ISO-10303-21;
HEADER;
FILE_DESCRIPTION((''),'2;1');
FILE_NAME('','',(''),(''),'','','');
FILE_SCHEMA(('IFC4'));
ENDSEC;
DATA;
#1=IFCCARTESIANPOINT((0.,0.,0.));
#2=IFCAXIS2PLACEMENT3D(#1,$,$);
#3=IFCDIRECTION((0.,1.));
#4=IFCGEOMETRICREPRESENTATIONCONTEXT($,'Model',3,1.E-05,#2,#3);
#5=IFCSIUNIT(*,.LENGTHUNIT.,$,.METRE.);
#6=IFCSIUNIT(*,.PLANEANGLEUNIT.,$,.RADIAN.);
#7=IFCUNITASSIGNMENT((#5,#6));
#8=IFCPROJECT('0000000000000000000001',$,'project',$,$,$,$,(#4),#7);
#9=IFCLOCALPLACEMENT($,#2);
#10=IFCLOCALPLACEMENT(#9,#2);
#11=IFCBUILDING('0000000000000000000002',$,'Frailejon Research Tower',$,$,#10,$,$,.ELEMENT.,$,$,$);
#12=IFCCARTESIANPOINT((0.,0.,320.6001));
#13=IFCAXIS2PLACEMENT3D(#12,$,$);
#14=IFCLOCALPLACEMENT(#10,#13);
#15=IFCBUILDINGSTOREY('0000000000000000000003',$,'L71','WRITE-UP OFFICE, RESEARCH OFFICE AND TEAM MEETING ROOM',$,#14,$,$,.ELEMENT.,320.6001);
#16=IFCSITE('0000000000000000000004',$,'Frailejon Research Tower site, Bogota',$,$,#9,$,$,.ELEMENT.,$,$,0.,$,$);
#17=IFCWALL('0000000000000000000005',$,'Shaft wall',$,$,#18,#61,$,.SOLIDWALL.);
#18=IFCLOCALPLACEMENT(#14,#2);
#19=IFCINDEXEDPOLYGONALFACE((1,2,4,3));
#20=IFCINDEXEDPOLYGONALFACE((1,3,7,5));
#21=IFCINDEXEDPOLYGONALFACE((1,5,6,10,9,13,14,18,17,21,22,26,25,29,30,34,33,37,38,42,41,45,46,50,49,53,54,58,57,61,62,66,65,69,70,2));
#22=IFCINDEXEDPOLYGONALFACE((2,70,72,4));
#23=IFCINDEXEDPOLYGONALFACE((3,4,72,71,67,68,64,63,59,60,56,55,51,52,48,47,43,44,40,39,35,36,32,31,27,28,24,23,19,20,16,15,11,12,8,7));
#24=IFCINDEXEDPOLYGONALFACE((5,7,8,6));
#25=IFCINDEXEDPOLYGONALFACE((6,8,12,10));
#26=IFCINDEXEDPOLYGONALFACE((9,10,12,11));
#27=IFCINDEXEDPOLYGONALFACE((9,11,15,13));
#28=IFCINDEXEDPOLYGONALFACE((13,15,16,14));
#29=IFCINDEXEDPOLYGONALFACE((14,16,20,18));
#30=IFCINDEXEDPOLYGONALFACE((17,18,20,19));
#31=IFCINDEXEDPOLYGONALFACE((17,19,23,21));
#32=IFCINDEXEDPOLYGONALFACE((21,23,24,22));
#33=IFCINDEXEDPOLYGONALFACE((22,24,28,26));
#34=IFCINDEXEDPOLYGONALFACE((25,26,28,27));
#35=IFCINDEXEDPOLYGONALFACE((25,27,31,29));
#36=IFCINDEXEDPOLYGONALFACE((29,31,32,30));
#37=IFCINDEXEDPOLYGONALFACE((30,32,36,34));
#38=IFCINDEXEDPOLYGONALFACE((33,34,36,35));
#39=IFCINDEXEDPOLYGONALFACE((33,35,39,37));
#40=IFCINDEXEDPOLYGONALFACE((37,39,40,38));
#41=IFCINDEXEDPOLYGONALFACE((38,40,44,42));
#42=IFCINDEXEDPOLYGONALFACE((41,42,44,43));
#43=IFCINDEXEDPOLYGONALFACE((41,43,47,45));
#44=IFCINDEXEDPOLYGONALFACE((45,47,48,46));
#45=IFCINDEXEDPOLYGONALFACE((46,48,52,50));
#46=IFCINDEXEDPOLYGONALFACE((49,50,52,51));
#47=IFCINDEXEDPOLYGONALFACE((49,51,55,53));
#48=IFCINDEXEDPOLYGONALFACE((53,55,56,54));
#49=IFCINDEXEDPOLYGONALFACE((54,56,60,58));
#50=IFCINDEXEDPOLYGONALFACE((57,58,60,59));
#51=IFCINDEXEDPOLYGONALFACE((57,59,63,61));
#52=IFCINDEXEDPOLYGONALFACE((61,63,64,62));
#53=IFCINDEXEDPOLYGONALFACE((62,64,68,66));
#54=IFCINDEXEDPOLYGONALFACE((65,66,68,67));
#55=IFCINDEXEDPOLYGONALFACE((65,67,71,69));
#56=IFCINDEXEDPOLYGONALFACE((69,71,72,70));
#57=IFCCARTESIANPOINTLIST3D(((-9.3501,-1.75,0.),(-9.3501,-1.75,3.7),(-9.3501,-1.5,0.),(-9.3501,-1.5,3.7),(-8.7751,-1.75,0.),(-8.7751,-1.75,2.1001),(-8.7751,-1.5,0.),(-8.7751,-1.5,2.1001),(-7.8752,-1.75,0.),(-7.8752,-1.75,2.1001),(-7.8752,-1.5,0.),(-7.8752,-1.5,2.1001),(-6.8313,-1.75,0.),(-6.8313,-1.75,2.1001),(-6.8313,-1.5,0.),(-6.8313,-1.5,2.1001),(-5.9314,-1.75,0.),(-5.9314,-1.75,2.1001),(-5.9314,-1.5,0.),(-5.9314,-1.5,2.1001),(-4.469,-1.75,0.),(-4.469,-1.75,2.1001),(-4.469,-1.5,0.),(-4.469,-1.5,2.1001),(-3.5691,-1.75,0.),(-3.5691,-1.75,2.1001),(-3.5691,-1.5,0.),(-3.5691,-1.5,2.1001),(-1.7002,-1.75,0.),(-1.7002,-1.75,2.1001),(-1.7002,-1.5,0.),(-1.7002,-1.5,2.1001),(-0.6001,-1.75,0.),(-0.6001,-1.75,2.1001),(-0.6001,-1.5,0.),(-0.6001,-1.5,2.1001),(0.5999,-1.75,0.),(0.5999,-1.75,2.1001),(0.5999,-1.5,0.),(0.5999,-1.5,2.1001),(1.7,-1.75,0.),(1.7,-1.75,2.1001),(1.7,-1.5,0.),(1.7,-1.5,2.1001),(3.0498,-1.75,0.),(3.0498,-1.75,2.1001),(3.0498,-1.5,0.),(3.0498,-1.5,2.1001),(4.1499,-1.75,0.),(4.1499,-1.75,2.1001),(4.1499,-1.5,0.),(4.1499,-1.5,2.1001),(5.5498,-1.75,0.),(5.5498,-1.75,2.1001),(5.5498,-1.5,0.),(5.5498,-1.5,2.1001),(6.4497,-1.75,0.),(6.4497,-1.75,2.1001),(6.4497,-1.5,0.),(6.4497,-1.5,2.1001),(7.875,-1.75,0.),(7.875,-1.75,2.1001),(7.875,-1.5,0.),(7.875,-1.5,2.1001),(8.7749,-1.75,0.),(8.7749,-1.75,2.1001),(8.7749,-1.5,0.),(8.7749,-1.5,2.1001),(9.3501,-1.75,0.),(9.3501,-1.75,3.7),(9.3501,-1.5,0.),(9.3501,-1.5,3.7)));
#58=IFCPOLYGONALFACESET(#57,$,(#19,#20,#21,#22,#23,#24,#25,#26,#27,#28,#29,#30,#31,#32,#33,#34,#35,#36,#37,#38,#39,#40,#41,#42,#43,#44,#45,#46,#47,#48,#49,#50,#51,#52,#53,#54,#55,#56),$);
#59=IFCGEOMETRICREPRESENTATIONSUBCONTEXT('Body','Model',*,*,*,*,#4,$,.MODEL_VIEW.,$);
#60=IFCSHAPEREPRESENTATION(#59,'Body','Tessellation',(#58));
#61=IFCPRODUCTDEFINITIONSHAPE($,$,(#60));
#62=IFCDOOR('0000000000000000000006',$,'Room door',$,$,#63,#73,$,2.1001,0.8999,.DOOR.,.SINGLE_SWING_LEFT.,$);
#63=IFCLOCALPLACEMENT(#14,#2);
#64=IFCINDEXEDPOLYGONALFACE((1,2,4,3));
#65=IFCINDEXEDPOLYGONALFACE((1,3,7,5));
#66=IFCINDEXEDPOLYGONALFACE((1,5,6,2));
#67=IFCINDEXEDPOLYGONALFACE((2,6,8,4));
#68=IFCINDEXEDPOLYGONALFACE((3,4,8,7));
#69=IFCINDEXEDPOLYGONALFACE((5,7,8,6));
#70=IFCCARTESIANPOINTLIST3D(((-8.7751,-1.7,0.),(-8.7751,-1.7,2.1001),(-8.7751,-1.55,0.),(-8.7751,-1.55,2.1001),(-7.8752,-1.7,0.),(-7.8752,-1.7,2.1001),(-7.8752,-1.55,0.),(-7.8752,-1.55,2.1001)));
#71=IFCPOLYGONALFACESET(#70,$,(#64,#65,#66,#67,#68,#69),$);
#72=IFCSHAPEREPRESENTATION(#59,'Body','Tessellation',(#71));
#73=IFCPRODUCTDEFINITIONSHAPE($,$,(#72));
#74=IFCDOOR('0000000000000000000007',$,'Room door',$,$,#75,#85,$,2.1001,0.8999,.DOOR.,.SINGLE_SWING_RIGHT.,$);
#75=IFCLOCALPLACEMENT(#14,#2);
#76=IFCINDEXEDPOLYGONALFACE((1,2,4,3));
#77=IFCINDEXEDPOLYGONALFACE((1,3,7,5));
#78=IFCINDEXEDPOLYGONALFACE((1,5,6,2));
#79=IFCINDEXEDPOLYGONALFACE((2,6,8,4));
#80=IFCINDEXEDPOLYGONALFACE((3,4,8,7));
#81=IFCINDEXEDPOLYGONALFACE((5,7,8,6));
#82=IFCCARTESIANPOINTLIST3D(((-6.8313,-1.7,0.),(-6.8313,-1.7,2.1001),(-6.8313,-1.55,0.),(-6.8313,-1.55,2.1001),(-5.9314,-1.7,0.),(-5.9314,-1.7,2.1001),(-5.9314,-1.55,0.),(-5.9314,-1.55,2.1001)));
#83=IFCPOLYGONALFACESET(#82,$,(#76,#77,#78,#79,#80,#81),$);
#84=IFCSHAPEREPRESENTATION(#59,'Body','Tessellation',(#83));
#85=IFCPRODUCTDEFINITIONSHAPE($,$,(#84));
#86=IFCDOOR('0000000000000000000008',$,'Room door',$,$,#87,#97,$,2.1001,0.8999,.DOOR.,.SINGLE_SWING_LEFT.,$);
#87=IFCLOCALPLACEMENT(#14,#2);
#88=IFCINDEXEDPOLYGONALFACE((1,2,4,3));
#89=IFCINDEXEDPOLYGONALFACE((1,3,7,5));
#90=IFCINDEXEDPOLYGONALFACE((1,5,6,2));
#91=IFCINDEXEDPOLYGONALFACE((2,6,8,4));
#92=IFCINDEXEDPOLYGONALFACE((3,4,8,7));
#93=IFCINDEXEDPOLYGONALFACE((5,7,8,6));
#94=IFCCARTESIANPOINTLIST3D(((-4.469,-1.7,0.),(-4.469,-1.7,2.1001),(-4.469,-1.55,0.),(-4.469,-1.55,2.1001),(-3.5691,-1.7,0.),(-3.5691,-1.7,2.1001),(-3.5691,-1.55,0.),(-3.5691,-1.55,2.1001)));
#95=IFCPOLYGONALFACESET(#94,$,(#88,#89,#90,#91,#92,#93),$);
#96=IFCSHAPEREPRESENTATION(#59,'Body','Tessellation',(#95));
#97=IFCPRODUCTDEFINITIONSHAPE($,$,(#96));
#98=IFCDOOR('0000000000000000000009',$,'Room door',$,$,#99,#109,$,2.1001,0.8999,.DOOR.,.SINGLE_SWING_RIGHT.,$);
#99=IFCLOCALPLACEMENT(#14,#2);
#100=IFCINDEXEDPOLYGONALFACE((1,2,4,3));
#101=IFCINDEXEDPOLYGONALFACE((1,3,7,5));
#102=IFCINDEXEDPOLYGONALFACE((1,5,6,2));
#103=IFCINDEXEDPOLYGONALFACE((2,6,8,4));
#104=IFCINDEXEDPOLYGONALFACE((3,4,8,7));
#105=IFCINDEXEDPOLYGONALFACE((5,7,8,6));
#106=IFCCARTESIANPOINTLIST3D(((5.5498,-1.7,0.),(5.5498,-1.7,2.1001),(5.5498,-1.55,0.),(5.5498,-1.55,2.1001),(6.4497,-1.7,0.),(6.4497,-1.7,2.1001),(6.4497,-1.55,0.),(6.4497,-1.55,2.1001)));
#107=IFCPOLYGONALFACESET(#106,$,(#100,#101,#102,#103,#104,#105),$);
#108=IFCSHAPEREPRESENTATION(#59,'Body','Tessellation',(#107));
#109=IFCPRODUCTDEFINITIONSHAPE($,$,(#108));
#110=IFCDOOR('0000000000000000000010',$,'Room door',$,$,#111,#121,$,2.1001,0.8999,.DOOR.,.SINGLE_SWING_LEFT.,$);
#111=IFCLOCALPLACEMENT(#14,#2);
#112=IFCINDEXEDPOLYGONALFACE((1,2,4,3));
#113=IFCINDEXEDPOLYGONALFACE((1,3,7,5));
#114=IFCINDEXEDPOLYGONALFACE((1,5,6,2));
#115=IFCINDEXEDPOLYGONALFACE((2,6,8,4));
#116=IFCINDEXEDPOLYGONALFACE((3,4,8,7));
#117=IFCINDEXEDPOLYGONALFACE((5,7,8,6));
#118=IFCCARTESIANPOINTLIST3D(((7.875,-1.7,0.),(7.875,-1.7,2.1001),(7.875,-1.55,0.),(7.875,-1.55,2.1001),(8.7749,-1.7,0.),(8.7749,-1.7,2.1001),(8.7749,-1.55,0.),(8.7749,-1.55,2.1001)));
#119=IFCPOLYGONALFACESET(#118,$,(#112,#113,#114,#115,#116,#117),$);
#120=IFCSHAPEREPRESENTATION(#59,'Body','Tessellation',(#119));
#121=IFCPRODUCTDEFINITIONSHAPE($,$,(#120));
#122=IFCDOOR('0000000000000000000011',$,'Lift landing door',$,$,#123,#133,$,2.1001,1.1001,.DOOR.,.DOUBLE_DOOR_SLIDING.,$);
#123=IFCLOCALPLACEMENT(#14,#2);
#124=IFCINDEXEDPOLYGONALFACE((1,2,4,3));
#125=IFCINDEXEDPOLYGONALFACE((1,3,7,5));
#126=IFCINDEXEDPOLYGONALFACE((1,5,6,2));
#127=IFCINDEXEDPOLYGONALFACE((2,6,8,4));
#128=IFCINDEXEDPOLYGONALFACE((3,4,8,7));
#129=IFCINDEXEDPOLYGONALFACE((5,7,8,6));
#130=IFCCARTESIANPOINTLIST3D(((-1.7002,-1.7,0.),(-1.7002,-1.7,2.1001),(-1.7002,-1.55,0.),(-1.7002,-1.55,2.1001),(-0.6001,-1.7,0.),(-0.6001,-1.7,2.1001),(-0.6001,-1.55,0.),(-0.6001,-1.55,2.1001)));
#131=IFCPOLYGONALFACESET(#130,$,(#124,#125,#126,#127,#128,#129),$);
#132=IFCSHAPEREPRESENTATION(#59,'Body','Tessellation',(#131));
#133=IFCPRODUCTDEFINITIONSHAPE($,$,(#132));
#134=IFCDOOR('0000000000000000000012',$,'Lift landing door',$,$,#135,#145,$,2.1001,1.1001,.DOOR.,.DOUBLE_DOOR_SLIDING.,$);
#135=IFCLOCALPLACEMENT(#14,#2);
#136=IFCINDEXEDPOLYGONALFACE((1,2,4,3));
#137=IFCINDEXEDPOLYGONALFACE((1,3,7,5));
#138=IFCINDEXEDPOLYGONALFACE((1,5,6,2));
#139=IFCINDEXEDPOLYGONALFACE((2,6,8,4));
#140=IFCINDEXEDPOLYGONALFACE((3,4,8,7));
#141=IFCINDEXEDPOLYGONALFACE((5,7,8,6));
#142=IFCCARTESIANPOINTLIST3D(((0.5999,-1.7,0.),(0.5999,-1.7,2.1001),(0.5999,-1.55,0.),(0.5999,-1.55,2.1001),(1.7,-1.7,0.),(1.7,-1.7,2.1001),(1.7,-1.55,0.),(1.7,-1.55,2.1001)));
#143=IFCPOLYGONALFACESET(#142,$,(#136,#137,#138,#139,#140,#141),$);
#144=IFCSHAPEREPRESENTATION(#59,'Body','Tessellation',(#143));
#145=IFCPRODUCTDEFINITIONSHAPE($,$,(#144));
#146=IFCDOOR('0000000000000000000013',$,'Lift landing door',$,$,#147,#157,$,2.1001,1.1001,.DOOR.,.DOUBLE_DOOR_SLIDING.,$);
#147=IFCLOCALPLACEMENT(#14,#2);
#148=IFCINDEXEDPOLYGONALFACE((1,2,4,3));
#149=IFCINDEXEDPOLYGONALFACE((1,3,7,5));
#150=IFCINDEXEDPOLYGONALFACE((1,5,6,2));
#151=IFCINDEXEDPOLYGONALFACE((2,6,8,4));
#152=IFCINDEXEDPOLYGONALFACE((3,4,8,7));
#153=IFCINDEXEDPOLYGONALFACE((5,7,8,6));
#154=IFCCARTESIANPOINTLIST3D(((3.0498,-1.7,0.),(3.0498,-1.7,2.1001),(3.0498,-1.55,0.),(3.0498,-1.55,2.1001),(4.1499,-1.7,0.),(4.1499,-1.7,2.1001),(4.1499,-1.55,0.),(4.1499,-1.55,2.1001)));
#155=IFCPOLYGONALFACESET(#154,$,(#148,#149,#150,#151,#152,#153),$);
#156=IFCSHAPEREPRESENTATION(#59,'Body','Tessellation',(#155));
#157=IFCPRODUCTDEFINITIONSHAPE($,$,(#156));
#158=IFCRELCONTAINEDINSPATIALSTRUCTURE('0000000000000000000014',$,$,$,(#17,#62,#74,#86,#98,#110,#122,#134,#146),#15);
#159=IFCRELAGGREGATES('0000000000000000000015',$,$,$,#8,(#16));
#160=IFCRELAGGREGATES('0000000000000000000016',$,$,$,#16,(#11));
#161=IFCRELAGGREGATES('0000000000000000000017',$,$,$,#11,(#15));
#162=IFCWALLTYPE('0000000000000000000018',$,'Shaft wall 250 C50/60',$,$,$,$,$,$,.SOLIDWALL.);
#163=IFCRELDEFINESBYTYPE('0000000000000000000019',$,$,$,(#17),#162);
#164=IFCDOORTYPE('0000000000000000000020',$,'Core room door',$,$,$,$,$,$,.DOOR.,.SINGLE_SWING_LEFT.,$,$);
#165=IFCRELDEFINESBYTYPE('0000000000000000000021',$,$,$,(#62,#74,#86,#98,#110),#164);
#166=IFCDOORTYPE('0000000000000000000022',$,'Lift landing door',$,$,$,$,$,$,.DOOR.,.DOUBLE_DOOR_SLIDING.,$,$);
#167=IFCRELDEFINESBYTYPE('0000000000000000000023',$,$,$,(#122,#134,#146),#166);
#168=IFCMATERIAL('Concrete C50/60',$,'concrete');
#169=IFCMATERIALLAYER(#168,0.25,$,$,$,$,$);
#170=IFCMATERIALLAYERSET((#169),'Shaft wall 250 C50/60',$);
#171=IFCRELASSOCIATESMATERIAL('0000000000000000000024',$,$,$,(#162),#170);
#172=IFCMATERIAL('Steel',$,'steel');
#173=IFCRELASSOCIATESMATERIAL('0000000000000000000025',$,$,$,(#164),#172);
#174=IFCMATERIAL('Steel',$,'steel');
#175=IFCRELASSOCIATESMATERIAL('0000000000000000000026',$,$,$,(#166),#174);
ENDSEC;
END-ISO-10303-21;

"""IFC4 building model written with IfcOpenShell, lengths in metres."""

from ifc_helpers import new_model, si_unit, direction, frame, frame_2d, origin, place, context, subcontext, project, spatial, rectangle, extrude, material, layer, layer_set, type_object, element, fill, save


model = new_model("IFC4")

# Units and contexts
model_context = context("Model", 3, precision=1e-05, world=origin(), true_north=direction((0.0, 1.0)))
body_context = subcontext(model_context, "Body", "Model", "MODEL_VIEW")
ifc_project = project(units=[si_unit("LENGTHUNIT", "METRE"), si_unit("PLANEANGLEUNIT", "RADIAN")], contexts=[model_context])

# Site, building, storey
site_placement = place(None, origin())
site = spatial("IfcSite", under=ifc_project, at=site_placement, Name="Frailejon Research Tower site, Bogota", CompositionType="ELEMENT", RefElevation=0.0)
building_placement = place(site_placement, origin())
building = spatial("IfcBuilding", under=site, at=building_placement, Name="Frailejon Research Tower", CompositionType="ELEMENT")
storey_placement = place(building_placement, frame((0.0, 0.0, 320.6001)))
storey = spatial("IfcBuildingStorey", under=building, at=storey_placement, Name="L71", Description="WRITE-UP OFFICE, RESEARCH OFFICE AND TEAM MEETING ROOM", CompositionType="ELEMENT", Elevation=320.6001)

# Wall, openings, doors
ifc_material_1 = material(Name="Concrete C50/60", Category="concrete")
ifc_layer_1 = layer(ifc_material_1, 0.25)
ifc_layer_set_1 = layer_set([ifc_layer_1], Name="Shaft wall 250 C50/60")
wall_type_1 = type_object("IfcWallType", Name="Shaft wall 250 C50/60", PredefinedType="SOLIDWALL", material=ifc_layer_set_1)
wall_1_placement = place(storey_placement, frame((-9.3501, -1.625, 0.0), z_axis=(0.0, 0.0, 1.0), x_axis=(1.0, 0.0, 0.0)))
wall_1 = element("IfcWall", 1, at=wall_1_placement, inside=storey, type_object=wall_type_1, Name="Shaft wall", PredefinedType="SOLIDWALL", context=body_context, shape_type="SweptSolid", body=[
    extrude(rectangle(XDim=18.7002, YDim=0.25, at=frame_2d((9.3501, 0.0))), origin(), (0.0, 0.0, 1.0), 3.7),
])
opening_1_placement = place(wall_1_placement, frame((7.6499, 0.0, 0.0)))
opening_1 = element("IfcOpeningElement", 2, at=opening_1_placement, cuts=wall_1, PredefinedType="OPENING", context=body_context, shape_type="SweptSolid", body=[
    extrude(rectangle(XDim=1.1001, YDim=2.1001, at=frame_2d((0.55, 1.05))), frame((0.0, 0.135, 0.0), z_axis=(0.0, -1.0, 0.0), x_axis=(1.0, 0.0, 0.0)), (0.0, 0.0, 1.0), 0.27),
])
opening_2_placement = place(wall_1_placement, frame((9.95, 0.0, 0.0)))
opening_2 = element("IfcOpeningElement", 3, at=opening_2_placement, cuts=wall_1, PredefinedType="OPENING", context=body_context, shape_type="SweptSolid", body=[
    extrude(rectangle(XDim=1.1001, YDim=2.1001, at=frame_2d((0.55, 1.05))), frame((0.0, 0.135, 0.0), z_axis=(0.0, -1.0, 0.0), x_axis=(1.0, 0.0, 0.0)), (0.0, 0.0, 1.0), 0.27),
])
opening_3_placement = place(wall_1_placement, frame((12.3999, 0.0, 0.0)))
opening_3 = element("IfcOpeningElement", 4, at=opening_3_placement, cuts=wall_1, PredefinedType="OPENING", context=body_context, shape_type="SweptSolid", body=[
    extrude(rectangle(XDim=1.1001, YDim=2.1001, at=frame_2d((0.55, 1.05))), frame((0.0, 0.135, 0.0), z_axis=(0.0, -1.0, 0.0), x_axis=(1.0, 0.0, 0.0)), (0.0, 0.0, 1.0), 0.27),
])
opening_4_placement = place(wall_1_placement, frame((0.575, 0.0, 0.0)))
opening_4 = element("IfcOpeningElement", 5, at=opening_4_placement, cuts=wall_1, PredefinedType="OPENING", context=body_context, shape_type="SweptSolid", body=[
    extrude(rectangle(XDim=0.8999, YDim=2.1001, at=frame_2d((0.45, 1.05))), frame((0.0, 0.135, 0.0), z_axis=(0.0, -1.0, 0.0), x_axis=(1.0, 0.0, 0.0)), (0.0, 0.0, 1.0), 0.27),
])
opening_5_placement = place(wall_1_placement, frame((2.5188, 0.0, 0.0)))
opening_5 = element("IfcOpeningElement", 6, at=opening_5_placement, cuts=wall_1, PredefinedType="OPENING", context=body_context, shape_type="SweptSolid", body=[
    extrude(rectangle(XDim=0.8999, YDim=2.1001, at=frame_2d((0.45, 1.05))), frame((0.0, 0.135, 0.0), z_axis=(0.0, -1.0, 0.0), x_axis=(1.0, 0.0, 0.0)), (0.0, 0.0, 1.0), 0.27),
])
opening_6_placement = place(wall_1_placement, frame((4.8811, 0.0, 0.0)))
opening_6 = element("IfcOpeningElement", 7, at=opening_6_placement, cuts=wall_1, PredefinedType="OPENING", context=body_context, shape_type="SweptSolid", body=[
    extrude(rectangle(XDim=0.8999, YDim=2.1001, at=frame_2d((0.45, 1.05))), frame((0.0, 0.135, 0.0), z_axis=(0.0, -1.0, 0.0), x_axis=(1.0, 0.0, 0.0)), (0.0, 0.0, 1.0), 0.27),
])
opening_7_placement = place(wall_1_placement, frame((14.8999, 0.0, 0.0)))
opening_7 = element("IfcOpeningElement", 8, at=opening_7_placement, cuts=wall_1, PredefinedType="OPENING", context=body_context, shape_type="SweptSolid", body=[
    extrude(rectangle(XDim=0.8999, YDim=2.1001, at=frame_2d((0.45, 1.05))), frame((0.0, 0.135, 0.0), z_axis=(0.0, -1.0, 0.0), x_axis=(1.0, 0.0, 0.0)), (0.0, 0.0, 1.0), 0.27),
])
opening_8_placement = place(wall_1_placement, frame((17.2251, 0.0, 0.0)))
opening_8 = element("IfcOpeningElement", 9, at=opening_8_placement, cuts=wall_1, PredefinedType="OPENING", context=body_context, shape_type="SweptSolid", body=[
    extrude(rectangle(XDim=0.8999, YDim=2.1001, at=frame_2d((0.45, 1.05))), frame((0.0, 0.135, 0.0), z_axis=(0.0, -1.0, 0.0), x_axis=(1.0, 0.0, 0.0)), (0.0, 0.0, 1.0), 0.27),
])
ifc_material_2 = material(Name="Steel", Category="steel")
door_type_1 = type_object("IfcDoorType", Name="Core room door", OperationType="SINGLE_SWING_LEFT", PredefinedType="DOOR", material=ifc_material_2)
door_1_placement = place(opening_4_placement, origin())
door_1 = element("IfcDoor", 10, at=door_1_placement, inside=storey, type_object=door_type_1, Name="Room door", OperationType="SINGLE_SWING_LEFT", OverallHeight=2.1001, OverallWidth=0.8999, PredefinedType="DOOR", context=body_context, shape_type="SweptSolid", body=[
    extrude(rectangle(XDim=0.8999, YDim=2.1001, at=frame_2d((0.45, 1.05))), frame((0.0, 0.075, 0.0), z_axis=(0.0, -1.0, 0.0), x_axis=(1.0, 0.0, 0.0)), (0.0, 0.0, 1.0), 0.1499),
])
fill(opening_4, door_1)
door_2_placement = place(opening_5_placement, origin())
door_2 = element("IfcDoor", 11, at=door_2_placement, inside=storey, type_object=door_type_1, Name="Room door", OperationType="SINGLE_SWING_RIGHT", OverallHeight=2.1001, OverallWidth=0.8999, PredefinedType="DOOR", context=body_context, shape_type="SweptSolid", body=[
    extrude(rectangle(XDim=0.8999, YDim=2.1001, at=frame_2d((0.45, 1.05))), frame((0.0, 0.075, 0.0), z_axis=(0.0, -1.0, 0.0), x_axis=(1.0, 0.0, 0.0)), (0.0, 0.0, 1.0), 0.1499),
])
fill(opening_5, door_2)
door_3_placement = place(opening_6_placement, origin())
door_3 = element("IfcDoor", 12, at=door_3_placement, inside=storey, type_object=door_type_1, Name="Room door", OperationType="SINGLE_SWING_LEFT", OverallHeight=2.1001, OverallWidth=0.8999, PredefinedType="DOOR", context=body_context, shape_type="SweptSolid", body=[
    extrude(rectangle(XDim=0.8999, YDim=2.1001, at=frame_2d((0.45, 1.05))), frame((0.0, 0.075, 0.0), z_axis=(0.0, -1.0, 0.0), x_axis=(1.0, 0.0, 0.0)), (0.0, 0.0, 1.0), 0.1499),
])
fill(opening_6, door_3)
door_4_placement = place(opening_7_placement, origin())
door_4 = element("IfcDoor", 13, at=door_4_placement, inside=storey, type_object=door_type_1, Name="Room door", OperationType="SINGLE_SWING_RIGHT", OverallHeight=2.1001, OverallWidth=0.8999, PredefinedType="DOOR", context=body_context, shape_type="SweptSolid", body=[
    extrude(rectangle(XDim=0.8999, YDim=2.1001, at=frame_2d((0.45, 1.05))), frame((0.0, 0.075, 0.0), z_axis=(0.0, -1.0, 0.0), x_axis=(1.0, 0.0, 0.0)), (0.0, 0.0, 1.0), 0.1499),
])
fill(opening_7, door_4)
door_5_placement = place(opening_8_placement, origin())
door_5 = element("IfcDoor", 14, at=door_5_placement, inside=storey, type_object=door_type_1, Name="Room door", OperationType="SINGLE_SWING_LEFT", OverallHeight=2.1001, OverallWidth=0.8999, PredefinedType="DOOR", context=body_context, shape_type="SweptSolid", body=[
    extrude(rectangle(XDim=0.8999, YDim=2.1001, at=frame_2d((0.45, 1.05))), frame((0.0, 0.075, 0.0), z_axis=(0.0, -1.0, 0.0), x_axis=(1.0, 0.0, 0.0)), (0.0, 0.0, 1.0), 0.1499),
])
fill(opening_8, door_5)
ifc_material_3 = material(Name="Steel", Category="steel")
door_type_2 = type_object("IfcDoorType", Name="Lift landing door", OperationType="DOUBLE_DOOR_SLIDING", PredefinedType="DOOR", material=ifc_material_3)
door_6_placement = place(opening_1_placement, origin())
door_6 = element("IfcDoor", 15, at=door_6_placement, inside=storey, type_object=door_type_2, Name="Lift landing door", OperationType="DOUBLE_DOOR_SLIDING", OverallHeight=2.1001, OverallWidth=1.1001, PredefinedType="DOOR", context=body_context, shape_type="SweptSolid", body=[
    extrude(rectangle(XDim=1.1001, YDim=2.1001, at=frame_2d((0.55, 1.05))), frame((0.0, 0.075, 0.0), z_axis=(0.0, -1.0, 0.0), x_axis=(1.0, 0.0, 0.0)), (0.0, 0.0, 1.0), 0.1499),
])
fill(opening_1, door_6)
door_7_placement = place(opening_2_placement, origin())
door_7 = element("IfcDoor", 16, at=door_7_placement, inside=storey, type_object=door_type_2, Name="Lift landing door", OperationType="DOUBLE_DOOR_SLIDING", OverallHeight=2.1001, OverallWidth=1.1001, PredefinedType="DOOR", context=body_context, shape_type="SweptSolid", body=[
    extrude(rectangle(XDim=1.1001, YDim=2.1001, at=frame_2d((0.55, 1.05))), frame((0.0, 0.075, 0.0), z_axis=(0.0, -1.0, 0.0), x_axis=(1.0, 0.0, 0.0)), (0.0, 0.0, 1.0), 0.1499),
])
fill(opening_2, door_7)
door_8_placement = place(opening_3_placement, origin())
door_8 = element("IfcDoor", 17, at=door_8_placement, inside=storey, type_object=door_type_2, Name="Lift landing door", OperationType="DOUBLE_DOOR_SLIDING", OverallHeight=2.1001, OverallWidth=1.1001, PredefinedType="DOOR", context=body_context, shape_type="SweptSolid", body=[
    extrude(rectangle(XDim=1.1001, YDim=2.1001, at=frame_2d((0.55, 1.05))), frame((0.0, 0.075, 0.0), z_axis=(0.0, -1.0, 0.0), x_axis=(1.0, 0.0, 0.0)), (0.0, 0.0, 1.0), 0.1499),
])
fill(opening_3, door_8)

save(model, "model.ifc")
